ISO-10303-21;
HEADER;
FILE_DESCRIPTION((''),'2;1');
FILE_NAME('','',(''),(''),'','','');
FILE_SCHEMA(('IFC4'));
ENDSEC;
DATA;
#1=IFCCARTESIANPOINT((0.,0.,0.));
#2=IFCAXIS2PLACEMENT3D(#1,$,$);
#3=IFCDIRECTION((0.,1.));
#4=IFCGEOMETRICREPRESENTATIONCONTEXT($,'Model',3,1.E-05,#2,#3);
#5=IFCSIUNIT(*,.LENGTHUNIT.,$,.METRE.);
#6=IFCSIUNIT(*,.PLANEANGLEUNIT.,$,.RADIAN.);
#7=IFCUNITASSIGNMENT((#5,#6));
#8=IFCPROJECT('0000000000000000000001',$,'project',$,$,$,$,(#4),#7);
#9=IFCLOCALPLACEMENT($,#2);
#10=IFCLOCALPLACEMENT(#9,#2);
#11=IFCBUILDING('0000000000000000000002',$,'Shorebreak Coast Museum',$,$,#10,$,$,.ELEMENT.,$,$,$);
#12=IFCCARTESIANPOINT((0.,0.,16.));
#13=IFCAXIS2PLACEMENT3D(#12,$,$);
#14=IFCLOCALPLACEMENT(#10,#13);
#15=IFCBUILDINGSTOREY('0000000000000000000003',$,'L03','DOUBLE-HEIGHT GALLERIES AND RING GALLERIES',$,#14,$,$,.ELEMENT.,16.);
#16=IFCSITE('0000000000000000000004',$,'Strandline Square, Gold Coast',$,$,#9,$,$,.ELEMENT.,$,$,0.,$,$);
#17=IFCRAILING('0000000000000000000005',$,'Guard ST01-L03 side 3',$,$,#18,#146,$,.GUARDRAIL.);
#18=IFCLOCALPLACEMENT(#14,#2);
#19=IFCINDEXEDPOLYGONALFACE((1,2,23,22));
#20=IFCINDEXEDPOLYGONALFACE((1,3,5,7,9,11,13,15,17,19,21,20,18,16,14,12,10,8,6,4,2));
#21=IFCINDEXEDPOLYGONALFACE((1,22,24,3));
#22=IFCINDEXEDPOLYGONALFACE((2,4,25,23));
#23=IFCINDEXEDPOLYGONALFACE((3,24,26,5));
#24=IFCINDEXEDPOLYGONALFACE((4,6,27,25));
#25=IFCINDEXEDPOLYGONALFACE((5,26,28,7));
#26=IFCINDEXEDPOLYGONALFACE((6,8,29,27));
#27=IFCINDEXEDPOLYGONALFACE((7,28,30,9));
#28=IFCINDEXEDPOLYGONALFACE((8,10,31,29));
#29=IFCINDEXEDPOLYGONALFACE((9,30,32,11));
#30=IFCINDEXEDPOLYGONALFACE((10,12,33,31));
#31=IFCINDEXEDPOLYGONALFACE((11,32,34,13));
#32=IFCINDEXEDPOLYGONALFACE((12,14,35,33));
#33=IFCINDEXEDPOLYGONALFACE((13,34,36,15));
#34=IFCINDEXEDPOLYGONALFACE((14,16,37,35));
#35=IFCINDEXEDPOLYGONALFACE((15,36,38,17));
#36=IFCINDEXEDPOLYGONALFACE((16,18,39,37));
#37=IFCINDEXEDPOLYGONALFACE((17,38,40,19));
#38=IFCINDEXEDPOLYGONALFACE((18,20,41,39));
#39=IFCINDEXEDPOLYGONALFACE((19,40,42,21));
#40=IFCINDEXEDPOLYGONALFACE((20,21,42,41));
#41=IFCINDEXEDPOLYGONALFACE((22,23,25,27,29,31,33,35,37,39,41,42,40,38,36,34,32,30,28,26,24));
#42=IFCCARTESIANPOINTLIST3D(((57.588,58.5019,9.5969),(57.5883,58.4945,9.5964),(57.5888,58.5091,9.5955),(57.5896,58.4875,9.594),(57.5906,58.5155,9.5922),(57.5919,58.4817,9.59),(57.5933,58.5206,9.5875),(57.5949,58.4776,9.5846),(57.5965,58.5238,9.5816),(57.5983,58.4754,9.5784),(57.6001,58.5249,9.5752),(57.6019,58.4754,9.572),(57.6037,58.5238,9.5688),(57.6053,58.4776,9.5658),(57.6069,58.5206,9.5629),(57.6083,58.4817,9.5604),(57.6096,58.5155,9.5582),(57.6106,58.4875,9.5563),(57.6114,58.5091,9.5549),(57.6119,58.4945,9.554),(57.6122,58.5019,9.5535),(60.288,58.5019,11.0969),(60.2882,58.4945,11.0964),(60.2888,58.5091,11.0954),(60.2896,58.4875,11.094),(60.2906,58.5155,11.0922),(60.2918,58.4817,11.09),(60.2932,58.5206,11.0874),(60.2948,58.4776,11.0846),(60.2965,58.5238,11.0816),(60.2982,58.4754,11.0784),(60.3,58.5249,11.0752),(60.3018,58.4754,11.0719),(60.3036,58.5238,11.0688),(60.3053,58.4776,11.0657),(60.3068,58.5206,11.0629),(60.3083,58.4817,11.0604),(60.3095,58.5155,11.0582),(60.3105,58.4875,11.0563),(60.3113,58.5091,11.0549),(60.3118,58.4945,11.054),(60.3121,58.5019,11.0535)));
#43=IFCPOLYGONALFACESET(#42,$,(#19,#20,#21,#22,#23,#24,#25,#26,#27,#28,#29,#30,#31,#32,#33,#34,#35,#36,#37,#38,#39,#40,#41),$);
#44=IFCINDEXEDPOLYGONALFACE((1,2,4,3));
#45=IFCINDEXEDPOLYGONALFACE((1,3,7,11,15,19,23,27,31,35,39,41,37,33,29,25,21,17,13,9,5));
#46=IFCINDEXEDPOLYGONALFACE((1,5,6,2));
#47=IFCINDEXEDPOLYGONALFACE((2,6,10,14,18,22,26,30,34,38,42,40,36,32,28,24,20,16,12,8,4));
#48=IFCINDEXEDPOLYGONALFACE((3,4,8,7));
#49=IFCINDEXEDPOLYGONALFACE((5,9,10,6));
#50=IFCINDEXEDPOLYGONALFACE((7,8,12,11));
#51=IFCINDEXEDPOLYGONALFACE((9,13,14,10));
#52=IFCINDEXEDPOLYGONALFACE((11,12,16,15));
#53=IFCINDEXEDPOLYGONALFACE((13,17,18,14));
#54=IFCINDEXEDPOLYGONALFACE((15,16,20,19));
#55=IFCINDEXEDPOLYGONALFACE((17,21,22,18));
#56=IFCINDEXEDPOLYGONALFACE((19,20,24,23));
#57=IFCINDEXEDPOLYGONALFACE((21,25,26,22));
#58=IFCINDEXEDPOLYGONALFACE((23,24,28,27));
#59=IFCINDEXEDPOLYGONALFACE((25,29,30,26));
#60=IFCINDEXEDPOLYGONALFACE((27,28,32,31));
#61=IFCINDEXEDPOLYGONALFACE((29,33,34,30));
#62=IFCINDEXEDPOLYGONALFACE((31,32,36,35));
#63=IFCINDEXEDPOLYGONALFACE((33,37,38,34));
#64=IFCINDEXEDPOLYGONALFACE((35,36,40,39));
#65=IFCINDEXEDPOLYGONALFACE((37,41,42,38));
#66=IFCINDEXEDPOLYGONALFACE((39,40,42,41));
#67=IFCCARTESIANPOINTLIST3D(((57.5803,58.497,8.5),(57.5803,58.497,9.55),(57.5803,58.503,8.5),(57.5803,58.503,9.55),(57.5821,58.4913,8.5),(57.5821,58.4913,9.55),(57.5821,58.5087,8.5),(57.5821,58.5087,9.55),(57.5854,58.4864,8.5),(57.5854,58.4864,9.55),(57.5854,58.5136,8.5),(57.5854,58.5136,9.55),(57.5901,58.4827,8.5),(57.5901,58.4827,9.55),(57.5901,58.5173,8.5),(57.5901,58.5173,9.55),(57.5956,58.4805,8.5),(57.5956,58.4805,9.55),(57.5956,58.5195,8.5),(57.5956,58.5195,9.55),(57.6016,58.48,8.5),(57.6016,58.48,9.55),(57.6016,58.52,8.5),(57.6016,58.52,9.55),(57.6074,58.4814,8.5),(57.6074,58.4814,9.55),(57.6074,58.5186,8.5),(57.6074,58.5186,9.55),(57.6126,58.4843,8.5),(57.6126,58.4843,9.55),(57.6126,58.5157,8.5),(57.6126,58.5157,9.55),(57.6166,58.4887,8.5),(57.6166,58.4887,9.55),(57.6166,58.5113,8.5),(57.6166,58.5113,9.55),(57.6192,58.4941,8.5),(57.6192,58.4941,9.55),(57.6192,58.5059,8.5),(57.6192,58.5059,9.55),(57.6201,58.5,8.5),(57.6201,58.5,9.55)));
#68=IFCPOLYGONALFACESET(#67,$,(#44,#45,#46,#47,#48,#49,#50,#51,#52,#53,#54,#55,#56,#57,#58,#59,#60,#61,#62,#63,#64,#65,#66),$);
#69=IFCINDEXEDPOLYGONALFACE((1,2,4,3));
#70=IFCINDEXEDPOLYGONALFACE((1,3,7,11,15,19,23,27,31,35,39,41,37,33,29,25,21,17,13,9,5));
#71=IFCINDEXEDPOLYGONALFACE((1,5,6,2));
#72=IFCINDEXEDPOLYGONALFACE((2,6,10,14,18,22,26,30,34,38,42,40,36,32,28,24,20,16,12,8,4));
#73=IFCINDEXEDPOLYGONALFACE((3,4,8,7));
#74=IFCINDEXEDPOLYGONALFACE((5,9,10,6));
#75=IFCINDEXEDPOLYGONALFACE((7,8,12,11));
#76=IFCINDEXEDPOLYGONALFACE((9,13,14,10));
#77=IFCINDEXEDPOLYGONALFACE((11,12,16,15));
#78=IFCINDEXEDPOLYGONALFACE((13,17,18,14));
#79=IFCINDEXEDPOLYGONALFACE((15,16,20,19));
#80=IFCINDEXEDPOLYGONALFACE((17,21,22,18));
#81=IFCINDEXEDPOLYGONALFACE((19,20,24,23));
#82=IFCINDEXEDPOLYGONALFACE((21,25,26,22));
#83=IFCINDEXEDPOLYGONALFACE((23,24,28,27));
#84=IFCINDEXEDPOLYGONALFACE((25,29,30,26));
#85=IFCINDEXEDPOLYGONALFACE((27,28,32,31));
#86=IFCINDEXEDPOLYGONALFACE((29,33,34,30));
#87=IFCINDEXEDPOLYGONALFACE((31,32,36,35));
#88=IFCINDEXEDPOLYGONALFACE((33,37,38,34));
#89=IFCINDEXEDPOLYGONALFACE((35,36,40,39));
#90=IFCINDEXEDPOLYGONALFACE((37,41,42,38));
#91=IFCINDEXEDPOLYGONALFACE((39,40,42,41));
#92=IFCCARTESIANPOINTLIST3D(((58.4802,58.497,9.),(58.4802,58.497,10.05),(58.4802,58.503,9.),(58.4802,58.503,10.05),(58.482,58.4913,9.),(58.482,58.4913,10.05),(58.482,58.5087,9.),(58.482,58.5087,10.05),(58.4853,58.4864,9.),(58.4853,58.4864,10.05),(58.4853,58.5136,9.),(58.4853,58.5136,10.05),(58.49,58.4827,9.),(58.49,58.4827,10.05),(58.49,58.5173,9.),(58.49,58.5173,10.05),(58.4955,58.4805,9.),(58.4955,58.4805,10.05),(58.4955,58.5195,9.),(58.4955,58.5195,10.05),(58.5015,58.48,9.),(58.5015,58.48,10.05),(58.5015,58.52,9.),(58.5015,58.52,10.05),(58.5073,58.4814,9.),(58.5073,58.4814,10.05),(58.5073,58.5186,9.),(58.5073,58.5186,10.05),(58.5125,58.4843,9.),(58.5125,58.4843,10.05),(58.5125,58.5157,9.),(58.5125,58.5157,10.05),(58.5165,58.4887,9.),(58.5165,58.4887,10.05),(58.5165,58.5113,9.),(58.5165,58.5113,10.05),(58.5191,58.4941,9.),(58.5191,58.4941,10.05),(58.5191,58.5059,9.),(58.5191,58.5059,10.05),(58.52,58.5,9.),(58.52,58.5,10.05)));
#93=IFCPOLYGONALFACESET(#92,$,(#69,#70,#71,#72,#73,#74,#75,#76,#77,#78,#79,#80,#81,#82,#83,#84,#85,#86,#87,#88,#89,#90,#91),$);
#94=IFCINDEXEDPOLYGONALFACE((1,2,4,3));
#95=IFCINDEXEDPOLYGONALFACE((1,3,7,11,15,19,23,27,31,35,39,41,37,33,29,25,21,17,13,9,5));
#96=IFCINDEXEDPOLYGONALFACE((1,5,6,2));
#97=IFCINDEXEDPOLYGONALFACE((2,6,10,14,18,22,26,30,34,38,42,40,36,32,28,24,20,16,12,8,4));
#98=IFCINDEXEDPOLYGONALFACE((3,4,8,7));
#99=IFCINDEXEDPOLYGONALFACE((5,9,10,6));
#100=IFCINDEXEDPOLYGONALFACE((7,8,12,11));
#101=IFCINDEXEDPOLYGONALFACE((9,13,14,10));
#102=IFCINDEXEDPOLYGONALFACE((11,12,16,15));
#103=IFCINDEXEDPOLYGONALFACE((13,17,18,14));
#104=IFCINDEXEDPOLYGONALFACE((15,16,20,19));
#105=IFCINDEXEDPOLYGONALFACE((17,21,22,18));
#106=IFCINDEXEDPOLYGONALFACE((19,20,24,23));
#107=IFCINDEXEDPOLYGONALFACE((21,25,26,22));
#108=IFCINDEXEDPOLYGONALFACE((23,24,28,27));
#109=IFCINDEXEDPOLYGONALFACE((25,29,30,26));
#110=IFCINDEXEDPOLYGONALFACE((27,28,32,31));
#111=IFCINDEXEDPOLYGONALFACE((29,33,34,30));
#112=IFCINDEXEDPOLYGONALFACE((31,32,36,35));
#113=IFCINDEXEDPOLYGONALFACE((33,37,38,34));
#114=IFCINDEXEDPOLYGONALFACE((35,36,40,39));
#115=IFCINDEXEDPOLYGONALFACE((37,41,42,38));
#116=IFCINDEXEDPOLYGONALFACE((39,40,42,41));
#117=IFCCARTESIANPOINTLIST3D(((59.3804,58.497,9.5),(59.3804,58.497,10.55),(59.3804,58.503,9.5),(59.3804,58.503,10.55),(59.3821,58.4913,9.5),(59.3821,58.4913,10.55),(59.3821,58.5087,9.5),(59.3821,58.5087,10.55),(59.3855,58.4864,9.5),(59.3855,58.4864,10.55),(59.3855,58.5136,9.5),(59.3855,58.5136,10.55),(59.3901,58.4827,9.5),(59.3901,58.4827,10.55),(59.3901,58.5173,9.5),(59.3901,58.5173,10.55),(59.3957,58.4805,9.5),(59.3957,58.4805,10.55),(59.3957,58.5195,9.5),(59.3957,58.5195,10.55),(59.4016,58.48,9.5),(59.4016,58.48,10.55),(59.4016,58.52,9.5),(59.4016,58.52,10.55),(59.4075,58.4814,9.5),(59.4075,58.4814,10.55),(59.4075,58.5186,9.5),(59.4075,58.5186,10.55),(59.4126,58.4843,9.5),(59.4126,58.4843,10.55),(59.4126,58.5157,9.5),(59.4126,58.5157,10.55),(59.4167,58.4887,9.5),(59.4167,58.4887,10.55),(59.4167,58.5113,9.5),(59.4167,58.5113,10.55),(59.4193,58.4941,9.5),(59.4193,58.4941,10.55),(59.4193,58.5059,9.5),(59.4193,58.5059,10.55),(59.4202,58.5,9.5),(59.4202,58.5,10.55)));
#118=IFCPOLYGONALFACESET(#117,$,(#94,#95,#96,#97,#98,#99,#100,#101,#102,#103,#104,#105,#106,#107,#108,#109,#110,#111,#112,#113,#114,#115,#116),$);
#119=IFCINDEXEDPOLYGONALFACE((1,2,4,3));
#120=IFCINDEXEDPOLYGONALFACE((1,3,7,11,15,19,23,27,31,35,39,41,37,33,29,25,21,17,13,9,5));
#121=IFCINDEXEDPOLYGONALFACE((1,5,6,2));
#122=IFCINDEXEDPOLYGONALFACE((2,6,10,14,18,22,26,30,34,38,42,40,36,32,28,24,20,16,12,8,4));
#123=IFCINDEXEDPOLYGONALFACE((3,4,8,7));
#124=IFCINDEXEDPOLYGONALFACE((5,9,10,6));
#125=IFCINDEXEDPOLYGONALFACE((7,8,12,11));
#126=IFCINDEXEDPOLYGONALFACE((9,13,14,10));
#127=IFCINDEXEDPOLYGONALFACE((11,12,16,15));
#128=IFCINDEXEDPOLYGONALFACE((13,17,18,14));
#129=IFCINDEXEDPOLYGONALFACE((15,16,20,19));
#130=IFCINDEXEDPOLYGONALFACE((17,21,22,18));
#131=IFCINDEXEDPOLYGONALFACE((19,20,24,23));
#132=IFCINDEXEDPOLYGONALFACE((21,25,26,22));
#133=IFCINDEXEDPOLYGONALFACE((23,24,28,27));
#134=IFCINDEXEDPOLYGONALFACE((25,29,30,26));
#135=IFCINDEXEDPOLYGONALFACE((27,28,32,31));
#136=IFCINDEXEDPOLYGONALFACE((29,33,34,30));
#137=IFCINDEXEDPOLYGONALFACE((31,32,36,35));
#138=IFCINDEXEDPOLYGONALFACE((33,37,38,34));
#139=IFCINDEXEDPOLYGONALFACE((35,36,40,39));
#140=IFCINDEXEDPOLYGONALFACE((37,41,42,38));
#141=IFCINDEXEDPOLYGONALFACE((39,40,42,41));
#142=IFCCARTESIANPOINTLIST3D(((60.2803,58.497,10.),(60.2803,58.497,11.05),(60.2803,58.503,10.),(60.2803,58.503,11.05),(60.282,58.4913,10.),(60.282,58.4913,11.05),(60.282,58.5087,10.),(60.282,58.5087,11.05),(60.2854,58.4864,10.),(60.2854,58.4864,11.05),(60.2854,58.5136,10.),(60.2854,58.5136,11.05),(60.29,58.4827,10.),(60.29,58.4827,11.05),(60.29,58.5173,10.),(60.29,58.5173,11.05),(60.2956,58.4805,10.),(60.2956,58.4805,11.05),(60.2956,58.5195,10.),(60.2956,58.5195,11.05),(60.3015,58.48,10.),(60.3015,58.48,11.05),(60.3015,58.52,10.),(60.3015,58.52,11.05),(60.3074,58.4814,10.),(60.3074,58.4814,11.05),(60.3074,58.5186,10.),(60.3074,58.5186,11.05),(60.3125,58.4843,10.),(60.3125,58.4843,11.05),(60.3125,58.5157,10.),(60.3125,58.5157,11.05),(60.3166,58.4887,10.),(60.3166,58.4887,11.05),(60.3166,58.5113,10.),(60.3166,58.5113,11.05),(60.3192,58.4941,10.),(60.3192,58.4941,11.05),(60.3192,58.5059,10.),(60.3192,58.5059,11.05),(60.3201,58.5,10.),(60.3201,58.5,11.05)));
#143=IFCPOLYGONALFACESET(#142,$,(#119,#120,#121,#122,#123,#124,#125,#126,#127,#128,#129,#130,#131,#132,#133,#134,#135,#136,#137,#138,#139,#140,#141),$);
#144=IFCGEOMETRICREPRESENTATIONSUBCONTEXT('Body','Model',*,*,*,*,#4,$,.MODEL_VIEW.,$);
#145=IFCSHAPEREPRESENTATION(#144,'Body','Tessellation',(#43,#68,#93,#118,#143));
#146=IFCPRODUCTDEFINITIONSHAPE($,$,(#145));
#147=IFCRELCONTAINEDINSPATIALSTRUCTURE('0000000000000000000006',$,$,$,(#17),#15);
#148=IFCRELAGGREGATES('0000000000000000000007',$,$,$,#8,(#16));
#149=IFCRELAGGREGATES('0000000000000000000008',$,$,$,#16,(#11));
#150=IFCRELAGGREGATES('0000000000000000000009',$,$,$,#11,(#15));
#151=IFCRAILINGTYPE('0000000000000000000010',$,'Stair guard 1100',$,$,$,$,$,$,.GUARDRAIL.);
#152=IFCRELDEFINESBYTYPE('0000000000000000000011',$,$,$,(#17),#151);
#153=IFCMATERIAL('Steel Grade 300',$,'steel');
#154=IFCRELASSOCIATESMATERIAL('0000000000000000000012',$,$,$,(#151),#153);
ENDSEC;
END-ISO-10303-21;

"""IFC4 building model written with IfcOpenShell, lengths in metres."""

from ifc_helpers import new_model, si_unit, direction, frame, origin, origin_2d, place, context, subcontext, project, spatial, circle, extrude, material, type_object, element, save


model = new_model("IFC4")

# Units and contexts
model_context = context("Model", 3, precision=1e-05, world=origin(), true_north=direction((0.0, 1.0)))
body_context = subcontext(model_context, "Body", "Model", "MODEL_VIEW")
ifc_project = project(units=[si_unit("LENGTHUNIT", "METRE"), si_unit("PLANEANGLEUNIT", "RADIAN")], contexts=[model_context])

# Site, building, storey
site_placement = place(None, origin())
site = spatial("IfcSite", under=ifc_project, at=site_placement, Name="Strandline Square, Gold Coast", CompositionType="ELEMENT", RefElevation=0.0)
building_placement = place(site_placement, origin())
building = spatial("IfcBuilding", under=site, at=building_placement, Name="Shorebreak Coast Museum", CompositionType="ELEMENT")
storey_placement = place(building_placement, frame((0.0, 0.0, 16.0)))
storey = spatial("IfcBuildingStorey", under=building, at=storey_placement, Name="L03", Description="DOUBLE-HEIGHT GALLERIES AND RING GALLERIES", CompositionType="ELEMENT", Elevation=16.0)

# Railing
ifc_material_1 = material(Name="Steel Grade 300", Category="steel")
railing_type_1 = type_object("IfcRailingType", Name="Stair guard 1100", PredefinedType="GUARDRAIL", material=ifc_material_1)
railing_1_placement = place(storey_placement, frame((57.6001, 58.5, 8.5)))
element("IfcRailing", 1, at=railing_1_placement, inside=storey, type_object=railing_type_1, Name="Guard ST01-L03 side 3", PredefinedType="GUARDRAIL", context=body_context, shape_type="SweptSolid", body=[
    extrude(circle(Radius=0.0249, at=origin_2d()), frame((0.0, 0.0, 1.0752), z_axis=(0.874154, 0.0, 0.48565), x_axis=(0.0, 1.0, 0.0)), (0.0, 0.0, 1.0), 3.0886),
    extrude(circle(Radius=0.02, at=origin_2d()), origin(), (0.0, 0.0, 1.0), 1.05),
    extrude(circle(Radius=0.02, at=origin_2d()), frame((0.8999, 0.0, 0.5)), (0.0, 0.0, 1.0), 1.05),
    extrude(circle(Radius=0.02, at=origin_2d()), frame((1.8, 0.0, 1.0)), (0.0, 0.0, 1.0), 1.05),
    extrude(circle(Radius=0.02, at=origin_2d()), frame((2.7, 0.0, 1.5)), (0.0, 0.0, 1.0), 1.05),
])

save(model, "model.ifc")
